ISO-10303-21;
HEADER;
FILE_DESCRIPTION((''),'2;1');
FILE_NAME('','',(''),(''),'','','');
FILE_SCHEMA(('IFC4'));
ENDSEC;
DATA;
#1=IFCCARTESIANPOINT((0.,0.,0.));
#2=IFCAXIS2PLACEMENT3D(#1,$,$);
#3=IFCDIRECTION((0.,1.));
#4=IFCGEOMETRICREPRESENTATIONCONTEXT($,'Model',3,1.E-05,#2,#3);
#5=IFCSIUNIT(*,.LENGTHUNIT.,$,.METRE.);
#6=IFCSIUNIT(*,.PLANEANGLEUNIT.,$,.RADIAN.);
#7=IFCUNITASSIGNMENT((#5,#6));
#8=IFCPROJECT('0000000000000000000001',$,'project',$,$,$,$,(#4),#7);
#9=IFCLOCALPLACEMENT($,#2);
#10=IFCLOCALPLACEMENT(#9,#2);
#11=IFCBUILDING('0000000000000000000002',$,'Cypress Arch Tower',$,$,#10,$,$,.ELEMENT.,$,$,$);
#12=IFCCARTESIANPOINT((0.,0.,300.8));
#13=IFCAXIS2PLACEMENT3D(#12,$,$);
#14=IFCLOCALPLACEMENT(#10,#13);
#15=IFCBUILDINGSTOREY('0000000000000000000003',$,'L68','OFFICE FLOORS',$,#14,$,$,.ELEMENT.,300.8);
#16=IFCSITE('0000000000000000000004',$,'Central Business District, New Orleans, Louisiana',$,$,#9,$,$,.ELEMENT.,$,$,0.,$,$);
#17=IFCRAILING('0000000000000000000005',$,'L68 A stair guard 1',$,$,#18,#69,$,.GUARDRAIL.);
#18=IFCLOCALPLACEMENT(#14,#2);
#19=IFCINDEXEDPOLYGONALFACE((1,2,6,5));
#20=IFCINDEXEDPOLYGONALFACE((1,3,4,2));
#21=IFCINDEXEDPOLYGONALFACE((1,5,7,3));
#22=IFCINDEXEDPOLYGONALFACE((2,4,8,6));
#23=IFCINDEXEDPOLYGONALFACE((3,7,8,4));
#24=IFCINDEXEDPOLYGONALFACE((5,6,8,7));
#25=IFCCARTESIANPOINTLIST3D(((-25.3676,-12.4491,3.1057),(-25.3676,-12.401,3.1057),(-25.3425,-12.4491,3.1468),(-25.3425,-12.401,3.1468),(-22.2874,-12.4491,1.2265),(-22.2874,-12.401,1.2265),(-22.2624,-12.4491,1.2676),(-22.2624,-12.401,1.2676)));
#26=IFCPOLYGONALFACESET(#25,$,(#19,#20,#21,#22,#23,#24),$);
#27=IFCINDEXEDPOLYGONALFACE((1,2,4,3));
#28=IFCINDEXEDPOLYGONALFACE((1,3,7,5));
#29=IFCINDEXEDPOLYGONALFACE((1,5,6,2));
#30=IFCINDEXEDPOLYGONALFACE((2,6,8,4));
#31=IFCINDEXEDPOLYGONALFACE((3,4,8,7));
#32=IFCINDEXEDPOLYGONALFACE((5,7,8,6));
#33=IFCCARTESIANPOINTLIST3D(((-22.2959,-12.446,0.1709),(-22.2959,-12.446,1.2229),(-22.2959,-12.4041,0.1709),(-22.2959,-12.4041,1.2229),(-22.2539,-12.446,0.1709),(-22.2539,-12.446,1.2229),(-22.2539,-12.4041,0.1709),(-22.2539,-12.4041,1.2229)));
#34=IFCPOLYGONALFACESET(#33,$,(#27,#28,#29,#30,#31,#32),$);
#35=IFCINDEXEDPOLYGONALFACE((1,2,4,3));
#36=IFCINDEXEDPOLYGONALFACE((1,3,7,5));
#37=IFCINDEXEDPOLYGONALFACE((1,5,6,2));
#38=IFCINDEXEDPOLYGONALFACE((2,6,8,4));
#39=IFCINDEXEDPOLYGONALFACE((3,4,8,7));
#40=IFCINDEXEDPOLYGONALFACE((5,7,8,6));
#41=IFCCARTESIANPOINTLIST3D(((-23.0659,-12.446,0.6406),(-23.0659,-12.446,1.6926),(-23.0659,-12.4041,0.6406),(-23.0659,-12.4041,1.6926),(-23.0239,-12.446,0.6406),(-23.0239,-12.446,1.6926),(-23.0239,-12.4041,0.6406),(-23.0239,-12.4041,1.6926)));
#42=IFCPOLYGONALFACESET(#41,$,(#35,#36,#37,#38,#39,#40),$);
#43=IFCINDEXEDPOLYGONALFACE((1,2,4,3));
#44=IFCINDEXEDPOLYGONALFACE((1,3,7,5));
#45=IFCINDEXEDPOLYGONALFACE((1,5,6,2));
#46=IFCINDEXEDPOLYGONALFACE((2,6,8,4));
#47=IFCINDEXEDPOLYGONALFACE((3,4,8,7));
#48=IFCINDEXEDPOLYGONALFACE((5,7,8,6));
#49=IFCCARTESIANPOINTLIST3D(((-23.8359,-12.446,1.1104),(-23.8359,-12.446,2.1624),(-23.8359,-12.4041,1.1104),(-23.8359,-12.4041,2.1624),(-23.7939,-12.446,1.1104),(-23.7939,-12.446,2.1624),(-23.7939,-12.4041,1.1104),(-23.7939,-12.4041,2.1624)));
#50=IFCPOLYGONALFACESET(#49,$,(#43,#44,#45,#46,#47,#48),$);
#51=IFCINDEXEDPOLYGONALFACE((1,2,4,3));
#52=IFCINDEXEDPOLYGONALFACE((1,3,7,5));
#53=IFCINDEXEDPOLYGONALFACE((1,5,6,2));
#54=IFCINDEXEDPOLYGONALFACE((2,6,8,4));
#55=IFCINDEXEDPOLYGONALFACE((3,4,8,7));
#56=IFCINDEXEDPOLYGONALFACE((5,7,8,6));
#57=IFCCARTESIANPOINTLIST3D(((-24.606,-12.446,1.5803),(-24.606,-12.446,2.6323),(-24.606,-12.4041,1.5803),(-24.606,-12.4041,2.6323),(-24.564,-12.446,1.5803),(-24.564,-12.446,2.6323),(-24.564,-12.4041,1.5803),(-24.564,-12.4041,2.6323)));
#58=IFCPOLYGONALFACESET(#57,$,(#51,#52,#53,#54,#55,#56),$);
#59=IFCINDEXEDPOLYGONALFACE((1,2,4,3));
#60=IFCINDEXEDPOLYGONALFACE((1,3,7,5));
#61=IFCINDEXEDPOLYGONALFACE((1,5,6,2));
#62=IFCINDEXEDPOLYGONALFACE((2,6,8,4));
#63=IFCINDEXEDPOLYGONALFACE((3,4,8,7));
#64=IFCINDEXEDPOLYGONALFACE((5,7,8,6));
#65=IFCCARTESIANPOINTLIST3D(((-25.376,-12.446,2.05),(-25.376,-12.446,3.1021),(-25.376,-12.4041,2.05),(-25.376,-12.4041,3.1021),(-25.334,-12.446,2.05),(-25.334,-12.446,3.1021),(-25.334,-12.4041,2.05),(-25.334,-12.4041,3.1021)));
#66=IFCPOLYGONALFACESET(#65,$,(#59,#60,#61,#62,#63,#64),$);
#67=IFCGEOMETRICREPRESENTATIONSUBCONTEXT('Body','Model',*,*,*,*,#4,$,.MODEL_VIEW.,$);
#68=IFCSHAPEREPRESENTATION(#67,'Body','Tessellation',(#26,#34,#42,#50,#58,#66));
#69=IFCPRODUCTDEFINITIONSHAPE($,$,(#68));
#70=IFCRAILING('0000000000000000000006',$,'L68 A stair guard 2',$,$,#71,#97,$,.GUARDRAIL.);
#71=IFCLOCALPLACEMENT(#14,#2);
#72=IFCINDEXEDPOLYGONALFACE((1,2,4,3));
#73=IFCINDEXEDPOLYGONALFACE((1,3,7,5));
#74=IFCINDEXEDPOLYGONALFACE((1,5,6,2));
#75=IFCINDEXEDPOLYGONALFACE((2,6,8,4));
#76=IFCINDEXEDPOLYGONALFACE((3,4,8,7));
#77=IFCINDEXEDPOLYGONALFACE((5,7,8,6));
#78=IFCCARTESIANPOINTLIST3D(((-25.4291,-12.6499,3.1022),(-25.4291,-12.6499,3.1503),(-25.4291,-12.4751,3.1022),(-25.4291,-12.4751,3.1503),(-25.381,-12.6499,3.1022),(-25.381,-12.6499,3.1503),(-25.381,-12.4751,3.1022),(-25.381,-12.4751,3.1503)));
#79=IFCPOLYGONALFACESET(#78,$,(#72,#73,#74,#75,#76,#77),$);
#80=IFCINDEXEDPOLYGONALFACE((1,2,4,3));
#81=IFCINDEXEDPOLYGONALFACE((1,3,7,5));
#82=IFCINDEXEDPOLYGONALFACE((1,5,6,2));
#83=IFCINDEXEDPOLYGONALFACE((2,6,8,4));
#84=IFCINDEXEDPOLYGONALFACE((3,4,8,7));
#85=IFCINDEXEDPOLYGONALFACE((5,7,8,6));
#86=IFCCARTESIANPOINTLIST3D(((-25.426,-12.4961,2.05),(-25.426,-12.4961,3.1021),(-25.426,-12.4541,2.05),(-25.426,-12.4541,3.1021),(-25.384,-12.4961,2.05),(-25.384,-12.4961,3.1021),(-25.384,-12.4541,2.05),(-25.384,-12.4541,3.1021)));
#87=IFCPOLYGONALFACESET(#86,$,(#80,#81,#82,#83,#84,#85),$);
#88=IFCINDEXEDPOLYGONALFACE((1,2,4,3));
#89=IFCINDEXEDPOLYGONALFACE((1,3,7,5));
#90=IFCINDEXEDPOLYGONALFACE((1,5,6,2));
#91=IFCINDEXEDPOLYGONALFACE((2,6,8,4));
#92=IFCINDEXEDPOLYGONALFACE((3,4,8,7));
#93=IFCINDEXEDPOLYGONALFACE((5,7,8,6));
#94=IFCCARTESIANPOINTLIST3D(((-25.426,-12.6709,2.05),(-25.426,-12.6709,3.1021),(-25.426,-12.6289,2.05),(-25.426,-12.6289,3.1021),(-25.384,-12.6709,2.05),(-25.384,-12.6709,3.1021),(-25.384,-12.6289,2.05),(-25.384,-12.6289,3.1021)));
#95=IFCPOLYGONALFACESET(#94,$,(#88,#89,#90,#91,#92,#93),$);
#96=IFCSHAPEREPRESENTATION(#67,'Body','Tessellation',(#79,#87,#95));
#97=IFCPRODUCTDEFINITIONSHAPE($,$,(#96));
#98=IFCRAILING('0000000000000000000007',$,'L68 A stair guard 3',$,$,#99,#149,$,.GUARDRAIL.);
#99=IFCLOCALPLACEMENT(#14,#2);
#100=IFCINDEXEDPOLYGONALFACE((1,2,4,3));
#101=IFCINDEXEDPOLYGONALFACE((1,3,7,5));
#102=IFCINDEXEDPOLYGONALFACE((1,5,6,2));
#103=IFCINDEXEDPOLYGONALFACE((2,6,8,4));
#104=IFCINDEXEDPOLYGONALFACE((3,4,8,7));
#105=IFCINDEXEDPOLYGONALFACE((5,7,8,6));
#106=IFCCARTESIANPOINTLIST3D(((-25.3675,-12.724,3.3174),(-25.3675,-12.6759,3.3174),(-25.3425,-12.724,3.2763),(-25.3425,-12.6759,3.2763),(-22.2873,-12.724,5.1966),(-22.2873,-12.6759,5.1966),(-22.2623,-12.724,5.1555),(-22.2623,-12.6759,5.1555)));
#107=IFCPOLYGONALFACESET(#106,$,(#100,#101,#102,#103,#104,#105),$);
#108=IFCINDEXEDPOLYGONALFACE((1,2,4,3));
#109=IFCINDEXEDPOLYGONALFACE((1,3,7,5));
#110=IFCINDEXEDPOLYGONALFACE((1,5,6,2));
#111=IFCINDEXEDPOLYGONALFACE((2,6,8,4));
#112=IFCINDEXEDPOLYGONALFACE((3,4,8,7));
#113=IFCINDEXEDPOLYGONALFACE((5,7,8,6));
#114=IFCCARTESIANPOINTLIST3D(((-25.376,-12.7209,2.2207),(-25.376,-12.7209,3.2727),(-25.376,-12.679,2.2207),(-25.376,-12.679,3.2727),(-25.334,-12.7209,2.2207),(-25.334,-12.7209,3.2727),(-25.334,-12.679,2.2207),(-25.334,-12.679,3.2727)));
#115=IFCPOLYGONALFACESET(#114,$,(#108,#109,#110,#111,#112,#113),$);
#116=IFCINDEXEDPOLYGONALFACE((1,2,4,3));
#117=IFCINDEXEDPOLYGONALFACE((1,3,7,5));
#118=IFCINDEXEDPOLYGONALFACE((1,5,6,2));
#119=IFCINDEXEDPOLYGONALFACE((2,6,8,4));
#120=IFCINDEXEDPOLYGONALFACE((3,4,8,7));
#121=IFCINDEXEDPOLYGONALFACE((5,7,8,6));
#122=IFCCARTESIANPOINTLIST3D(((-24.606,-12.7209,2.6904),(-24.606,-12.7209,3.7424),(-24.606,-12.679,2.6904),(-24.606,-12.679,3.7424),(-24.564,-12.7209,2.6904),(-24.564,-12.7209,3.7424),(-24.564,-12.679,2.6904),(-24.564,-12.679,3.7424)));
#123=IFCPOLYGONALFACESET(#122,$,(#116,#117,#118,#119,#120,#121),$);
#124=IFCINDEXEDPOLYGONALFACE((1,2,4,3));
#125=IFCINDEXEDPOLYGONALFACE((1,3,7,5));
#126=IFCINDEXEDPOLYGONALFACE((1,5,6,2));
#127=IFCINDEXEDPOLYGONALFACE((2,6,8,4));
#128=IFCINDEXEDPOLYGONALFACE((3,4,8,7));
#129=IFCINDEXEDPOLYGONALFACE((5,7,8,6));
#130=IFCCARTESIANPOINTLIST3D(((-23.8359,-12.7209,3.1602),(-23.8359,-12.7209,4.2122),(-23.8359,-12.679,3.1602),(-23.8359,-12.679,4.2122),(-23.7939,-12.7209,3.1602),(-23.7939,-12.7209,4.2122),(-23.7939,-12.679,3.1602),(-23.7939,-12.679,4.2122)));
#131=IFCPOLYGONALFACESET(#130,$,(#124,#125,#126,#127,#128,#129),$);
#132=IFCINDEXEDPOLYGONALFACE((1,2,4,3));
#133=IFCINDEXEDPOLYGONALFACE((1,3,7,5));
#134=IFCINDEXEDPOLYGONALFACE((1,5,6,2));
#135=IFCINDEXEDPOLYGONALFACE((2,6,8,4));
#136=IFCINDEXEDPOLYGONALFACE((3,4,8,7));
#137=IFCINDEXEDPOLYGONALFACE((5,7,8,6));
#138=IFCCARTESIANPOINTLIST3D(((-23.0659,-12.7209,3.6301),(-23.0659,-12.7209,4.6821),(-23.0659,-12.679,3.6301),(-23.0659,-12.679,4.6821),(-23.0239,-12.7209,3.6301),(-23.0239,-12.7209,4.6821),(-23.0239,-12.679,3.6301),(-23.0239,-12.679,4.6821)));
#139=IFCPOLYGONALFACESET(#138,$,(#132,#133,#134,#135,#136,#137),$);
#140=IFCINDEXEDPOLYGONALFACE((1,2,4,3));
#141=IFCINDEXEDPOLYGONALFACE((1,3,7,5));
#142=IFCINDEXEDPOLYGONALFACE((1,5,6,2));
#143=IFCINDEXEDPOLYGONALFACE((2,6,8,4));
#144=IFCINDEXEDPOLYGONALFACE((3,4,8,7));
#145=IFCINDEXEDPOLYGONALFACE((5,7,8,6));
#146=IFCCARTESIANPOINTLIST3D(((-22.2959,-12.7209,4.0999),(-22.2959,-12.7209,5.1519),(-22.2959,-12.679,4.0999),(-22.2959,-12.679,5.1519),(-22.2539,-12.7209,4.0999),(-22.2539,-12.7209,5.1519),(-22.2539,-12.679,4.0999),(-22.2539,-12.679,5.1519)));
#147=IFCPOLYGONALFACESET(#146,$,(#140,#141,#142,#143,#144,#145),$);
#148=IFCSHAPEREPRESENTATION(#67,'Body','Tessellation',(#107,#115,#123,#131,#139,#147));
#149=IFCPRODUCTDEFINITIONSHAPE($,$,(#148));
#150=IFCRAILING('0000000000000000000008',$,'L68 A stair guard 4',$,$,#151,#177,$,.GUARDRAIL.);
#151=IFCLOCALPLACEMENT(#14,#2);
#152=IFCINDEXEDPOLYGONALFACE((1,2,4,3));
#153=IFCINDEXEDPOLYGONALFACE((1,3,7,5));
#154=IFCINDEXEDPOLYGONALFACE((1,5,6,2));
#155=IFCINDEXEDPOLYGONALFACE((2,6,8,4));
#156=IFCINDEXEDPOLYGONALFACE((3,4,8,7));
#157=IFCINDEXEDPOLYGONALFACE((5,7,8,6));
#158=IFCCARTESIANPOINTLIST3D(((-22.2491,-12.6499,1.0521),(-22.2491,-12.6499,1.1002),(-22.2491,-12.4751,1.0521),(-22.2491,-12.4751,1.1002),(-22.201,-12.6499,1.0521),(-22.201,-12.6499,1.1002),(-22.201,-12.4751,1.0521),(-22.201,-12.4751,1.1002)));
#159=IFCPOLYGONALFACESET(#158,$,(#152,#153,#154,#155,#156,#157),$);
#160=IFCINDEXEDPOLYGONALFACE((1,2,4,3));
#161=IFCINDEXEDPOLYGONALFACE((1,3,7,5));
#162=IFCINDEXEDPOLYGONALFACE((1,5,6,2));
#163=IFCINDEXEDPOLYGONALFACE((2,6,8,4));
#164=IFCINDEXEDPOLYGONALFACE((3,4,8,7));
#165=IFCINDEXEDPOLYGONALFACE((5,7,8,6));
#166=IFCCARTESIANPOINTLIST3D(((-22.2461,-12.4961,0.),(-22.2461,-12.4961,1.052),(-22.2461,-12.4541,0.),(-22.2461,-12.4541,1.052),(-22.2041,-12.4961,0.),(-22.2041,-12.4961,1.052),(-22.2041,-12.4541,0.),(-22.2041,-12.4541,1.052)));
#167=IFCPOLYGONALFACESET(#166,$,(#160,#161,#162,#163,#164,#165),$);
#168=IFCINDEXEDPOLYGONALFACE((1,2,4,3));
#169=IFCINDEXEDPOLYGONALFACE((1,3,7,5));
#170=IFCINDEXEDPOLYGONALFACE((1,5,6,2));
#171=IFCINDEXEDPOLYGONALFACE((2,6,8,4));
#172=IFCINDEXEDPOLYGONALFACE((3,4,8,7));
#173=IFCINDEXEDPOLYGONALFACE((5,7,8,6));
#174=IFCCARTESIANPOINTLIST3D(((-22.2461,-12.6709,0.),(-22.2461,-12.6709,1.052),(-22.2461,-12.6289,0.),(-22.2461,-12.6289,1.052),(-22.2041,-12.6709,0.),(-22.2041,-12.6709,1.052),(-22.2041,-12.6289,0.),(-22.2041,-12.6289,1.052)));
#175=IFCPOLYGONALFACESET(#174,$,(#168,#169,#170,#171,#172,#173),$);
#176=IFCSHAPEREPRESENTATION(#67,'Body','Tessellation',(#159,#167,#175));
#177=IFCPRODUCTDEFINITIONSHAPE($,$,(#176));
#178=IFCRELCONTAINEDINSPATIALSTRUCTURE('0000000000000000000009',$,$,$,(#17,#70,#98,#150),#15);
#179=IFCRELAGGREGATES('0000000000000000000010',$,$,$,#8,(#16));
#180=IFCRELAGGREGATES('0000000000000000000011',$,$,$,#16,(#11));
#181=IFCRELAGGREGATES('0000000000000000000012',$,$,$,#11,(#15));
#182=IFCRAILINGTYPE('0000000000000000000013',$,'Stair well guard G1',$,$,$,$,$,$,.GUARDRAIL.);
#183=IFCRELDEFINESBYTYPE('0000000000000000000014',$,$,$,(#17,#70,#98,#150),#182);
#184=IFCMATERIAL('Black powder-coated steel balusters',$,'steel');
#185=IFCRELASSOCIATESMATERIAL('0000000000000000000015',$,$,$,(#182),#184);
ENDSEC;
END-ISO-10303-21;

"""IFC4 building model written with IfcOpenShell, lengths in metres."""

from ifc_helpers import new_model, si_unit, direction, frame, origin, origin_2d, place, context, subcontext, project, spatial, rectangle, extrude, material, type_object, element, save


model = new_model("IFC4")

# Units and contexts
model_context = context("Model", 3, precision=1e-05, world=origin(), true_north=direction((0.0, 1.0)))
body_context = subcontext(model_context, "Body", "Model", "MODEL_VIEW")
ifc_project = project(units=[si_unit("LENGTHUNIT", "METRE"), si_unit("PLANEANGLEUNIT", "RADIAN")], contexts=[model_context])

# Site, building, storey
site_placement = place(None, origin())
site = spatial("IfcSite", under=ifc_project, at=site_placement, Name="Central Business District, New Orleans, Louisiana", CompositionType="ELEMENT", RefElevation=0.0)
building_placement = place(site_placement, origin())
building = spatial("IfcBuilding", under=site, at=building_placement, Name="Cypress Arch Tower", CompositionType="ELEMENT")
storey_placement = place(building_placement, frame((0.0, 0.0, 300.8)))
storey = spatial("IfcBuildingStorey", under=building, at=storey_placement, Name="L68", Description="OFFICE FLOORS", CompositionType="ELEMENT", Elevation=300.8)

# Railings
ifc_material_1 = material(Name="Black powder-coated steel balusters", Category="steel")
railing_type_1 = type_object("IfcRailingType", Name="Stair well guard G1", PredefinedType="GUARDRAIL", material=ifc_material_1)
railing_1_placement = place(storey_placement, frame((-22.2749, -12.425, 0.1709)))
element("IfcRailing", 1, at=railing_1_placement, inside=storey, type_object=railing_type_1, Name="L68 A stair guard 1", PredefinedType="GUARDRAIL", context=body_context, shape_type="SweptSolid", body=[
    extrude(rectangle(XDim=0.0481, YDim=0.0481, at=origin_2d()), frame((0.0, 0.0, 1.0762), z_axis=(-0.853666, 0.0, 0.52082), x_axis=(0.0, -1.0, 0.0)), (0.0, 0.0, 1.0), 3.6082),
    extrude(rectangle(XDim=0.042, YDim=0.042, at=origin_2d()), origin(), (0.0, 0.0, 1.0), 1.052),
    extrude(rectangle(XDim=0.042, YDim=0.042, at=origin_2d()), frame((-0.77, 0.0, 0.4697)), (0.0, 0.0, 1.0), 1.052),
    extrude(rectangle(XDim=0.042, YDim=0.042, at=origin_2d()), frame((-1.54, 0.0, 0.9395)), (0.0, 0.0, 1.0), 1.052),
    extrude(rectangle(XDim=0.042, YDim=0.042, at=origin_2d()), frame((-2.3101, 0.0, 1.4094)), (0.0, 0.0, 1.0), 1.052),
    extrude(rectangle(XDim=0.042, YDim=0.042, at=origin_2d()), frame((-3.0801, 0.0, 1.8792)), (0.0, 0.0, 1.0), 1.052),
])
railing_2_placement = place(storey_placement, frame((-25.405, -12.4751, 2.05)))
element("IfcRailing", 2, at=railing_2_placement, inside=storey, type_object=railing_type_1, Name="L68 A stair guard 2", PredefinedType="GUARDRAIL", context=body_context, shape_type="SweptSolid", body=[
    extrude(rectangle(XDim=0.0481, YDim=0.0481, at=origin_2d()), frame((0.0, 0.0, 1.0762), z_axis=(0.0, -1.0, 0.0), x_axis=(1.0, 0.0, 0.0)), (0.0, 0.0, 1.0), 0.1748),
    extrude(rectangle(XDim=0.042, YDim=0.042, at=origin_2d()), origin(), (0.0, 0.0, 1.0), 1.052),
    extrude(rectangle(XDim=0.042, YDim=0.042, at=origin_2d()), frame((0.0, -0.1748, 0.0)), (0.0, 0.0, 1.0), 1.052),
])
railing_3_placement = place(storey_placement, frame((-25.355, -12.7, 2.2207)))
element("IfcRailing", 3, at=railing_3_placement, inside=storey, type_object=railing_type_1, Name="L68 A stair guard 3", PredefinedType="GUARDRAIL", context=body_context, shape_type="SweptSolid", body=[
    extrude(rectangle(XDim=0.0481, YDim=0.0481, at=origin_2d()), frame((0.0, 0.0, 1.0762), z_axis=(0.853666, 0.0, 0.52082), x_axis=(0.0, 1.0, 0.0)), (0.0, 0.0, 1.0), 3.6082),
    extrude(rectangle(XDim=0.042, YDim=0.042, at=origin_2d()), origin(), (0.0, 0.0, 1.0), 1.052),
    extrude(rectangle(XDim=0.042, YDim=0.042, at=origin_2d()), frame((0.77, 0.0, 0.4697)), (0.0, 0.0, 1.0), 1.052),
    extrude(rectangle(XDim=0.042, YDim=0.042, at=origin_2d()), frame((1.54, 0.0, 0.9395)), (0.0, 0.0, 1.0), 1.052),
    extrude(rectangle(XDim=0.042, YDim=0.042, at=origin_2d()), frame((2.3101, 0.0, 1.4094)), (0.0, 0.0, 1.0), 1.052),
    extrude(rectangle(XDim=0.042, YDim=0.042, at=origin_2d()), frame((3.0801, 0.0, 1.8792)), (0.0, 0.0, 1.0), 1.052),
])
railing_4_placement = place(storey_placement, frame((-22.2251, -12.4751, 0.0)))
element("IfcRailing", 4, at=railing_4_placement, inside=storey, type_object=railing_type_1, Name="L68 A stair guard 4", PredefinedType="GUARDRAIL", context=body_context, shape_type="SweptSolid", body=[
    extrude(rectangle(XDim=0.0481, YDim=0.0481, at=origin_2d()), frame((0.0, 0.0, 1.0762), z_axis=(0.0, -1.0, 0.0), x_axis=(1.0, 0.0, 0.0)), (0.0, 0.0, 1.0), 0.1748),
    extrude(rectangle(XDim=0.042, YDim=0.042, at=origin_2d()), origin(), (0.0, 0.0, 1.0), 1.052),
    extrude(rectangle(XDim=0.042, YDim=0.042, at=origin_2d()), frame((0.0, -0.1748, 0.0)), (0.0, 0.0, 1.0), 1.052),
])

save(model, "model.ifc")
